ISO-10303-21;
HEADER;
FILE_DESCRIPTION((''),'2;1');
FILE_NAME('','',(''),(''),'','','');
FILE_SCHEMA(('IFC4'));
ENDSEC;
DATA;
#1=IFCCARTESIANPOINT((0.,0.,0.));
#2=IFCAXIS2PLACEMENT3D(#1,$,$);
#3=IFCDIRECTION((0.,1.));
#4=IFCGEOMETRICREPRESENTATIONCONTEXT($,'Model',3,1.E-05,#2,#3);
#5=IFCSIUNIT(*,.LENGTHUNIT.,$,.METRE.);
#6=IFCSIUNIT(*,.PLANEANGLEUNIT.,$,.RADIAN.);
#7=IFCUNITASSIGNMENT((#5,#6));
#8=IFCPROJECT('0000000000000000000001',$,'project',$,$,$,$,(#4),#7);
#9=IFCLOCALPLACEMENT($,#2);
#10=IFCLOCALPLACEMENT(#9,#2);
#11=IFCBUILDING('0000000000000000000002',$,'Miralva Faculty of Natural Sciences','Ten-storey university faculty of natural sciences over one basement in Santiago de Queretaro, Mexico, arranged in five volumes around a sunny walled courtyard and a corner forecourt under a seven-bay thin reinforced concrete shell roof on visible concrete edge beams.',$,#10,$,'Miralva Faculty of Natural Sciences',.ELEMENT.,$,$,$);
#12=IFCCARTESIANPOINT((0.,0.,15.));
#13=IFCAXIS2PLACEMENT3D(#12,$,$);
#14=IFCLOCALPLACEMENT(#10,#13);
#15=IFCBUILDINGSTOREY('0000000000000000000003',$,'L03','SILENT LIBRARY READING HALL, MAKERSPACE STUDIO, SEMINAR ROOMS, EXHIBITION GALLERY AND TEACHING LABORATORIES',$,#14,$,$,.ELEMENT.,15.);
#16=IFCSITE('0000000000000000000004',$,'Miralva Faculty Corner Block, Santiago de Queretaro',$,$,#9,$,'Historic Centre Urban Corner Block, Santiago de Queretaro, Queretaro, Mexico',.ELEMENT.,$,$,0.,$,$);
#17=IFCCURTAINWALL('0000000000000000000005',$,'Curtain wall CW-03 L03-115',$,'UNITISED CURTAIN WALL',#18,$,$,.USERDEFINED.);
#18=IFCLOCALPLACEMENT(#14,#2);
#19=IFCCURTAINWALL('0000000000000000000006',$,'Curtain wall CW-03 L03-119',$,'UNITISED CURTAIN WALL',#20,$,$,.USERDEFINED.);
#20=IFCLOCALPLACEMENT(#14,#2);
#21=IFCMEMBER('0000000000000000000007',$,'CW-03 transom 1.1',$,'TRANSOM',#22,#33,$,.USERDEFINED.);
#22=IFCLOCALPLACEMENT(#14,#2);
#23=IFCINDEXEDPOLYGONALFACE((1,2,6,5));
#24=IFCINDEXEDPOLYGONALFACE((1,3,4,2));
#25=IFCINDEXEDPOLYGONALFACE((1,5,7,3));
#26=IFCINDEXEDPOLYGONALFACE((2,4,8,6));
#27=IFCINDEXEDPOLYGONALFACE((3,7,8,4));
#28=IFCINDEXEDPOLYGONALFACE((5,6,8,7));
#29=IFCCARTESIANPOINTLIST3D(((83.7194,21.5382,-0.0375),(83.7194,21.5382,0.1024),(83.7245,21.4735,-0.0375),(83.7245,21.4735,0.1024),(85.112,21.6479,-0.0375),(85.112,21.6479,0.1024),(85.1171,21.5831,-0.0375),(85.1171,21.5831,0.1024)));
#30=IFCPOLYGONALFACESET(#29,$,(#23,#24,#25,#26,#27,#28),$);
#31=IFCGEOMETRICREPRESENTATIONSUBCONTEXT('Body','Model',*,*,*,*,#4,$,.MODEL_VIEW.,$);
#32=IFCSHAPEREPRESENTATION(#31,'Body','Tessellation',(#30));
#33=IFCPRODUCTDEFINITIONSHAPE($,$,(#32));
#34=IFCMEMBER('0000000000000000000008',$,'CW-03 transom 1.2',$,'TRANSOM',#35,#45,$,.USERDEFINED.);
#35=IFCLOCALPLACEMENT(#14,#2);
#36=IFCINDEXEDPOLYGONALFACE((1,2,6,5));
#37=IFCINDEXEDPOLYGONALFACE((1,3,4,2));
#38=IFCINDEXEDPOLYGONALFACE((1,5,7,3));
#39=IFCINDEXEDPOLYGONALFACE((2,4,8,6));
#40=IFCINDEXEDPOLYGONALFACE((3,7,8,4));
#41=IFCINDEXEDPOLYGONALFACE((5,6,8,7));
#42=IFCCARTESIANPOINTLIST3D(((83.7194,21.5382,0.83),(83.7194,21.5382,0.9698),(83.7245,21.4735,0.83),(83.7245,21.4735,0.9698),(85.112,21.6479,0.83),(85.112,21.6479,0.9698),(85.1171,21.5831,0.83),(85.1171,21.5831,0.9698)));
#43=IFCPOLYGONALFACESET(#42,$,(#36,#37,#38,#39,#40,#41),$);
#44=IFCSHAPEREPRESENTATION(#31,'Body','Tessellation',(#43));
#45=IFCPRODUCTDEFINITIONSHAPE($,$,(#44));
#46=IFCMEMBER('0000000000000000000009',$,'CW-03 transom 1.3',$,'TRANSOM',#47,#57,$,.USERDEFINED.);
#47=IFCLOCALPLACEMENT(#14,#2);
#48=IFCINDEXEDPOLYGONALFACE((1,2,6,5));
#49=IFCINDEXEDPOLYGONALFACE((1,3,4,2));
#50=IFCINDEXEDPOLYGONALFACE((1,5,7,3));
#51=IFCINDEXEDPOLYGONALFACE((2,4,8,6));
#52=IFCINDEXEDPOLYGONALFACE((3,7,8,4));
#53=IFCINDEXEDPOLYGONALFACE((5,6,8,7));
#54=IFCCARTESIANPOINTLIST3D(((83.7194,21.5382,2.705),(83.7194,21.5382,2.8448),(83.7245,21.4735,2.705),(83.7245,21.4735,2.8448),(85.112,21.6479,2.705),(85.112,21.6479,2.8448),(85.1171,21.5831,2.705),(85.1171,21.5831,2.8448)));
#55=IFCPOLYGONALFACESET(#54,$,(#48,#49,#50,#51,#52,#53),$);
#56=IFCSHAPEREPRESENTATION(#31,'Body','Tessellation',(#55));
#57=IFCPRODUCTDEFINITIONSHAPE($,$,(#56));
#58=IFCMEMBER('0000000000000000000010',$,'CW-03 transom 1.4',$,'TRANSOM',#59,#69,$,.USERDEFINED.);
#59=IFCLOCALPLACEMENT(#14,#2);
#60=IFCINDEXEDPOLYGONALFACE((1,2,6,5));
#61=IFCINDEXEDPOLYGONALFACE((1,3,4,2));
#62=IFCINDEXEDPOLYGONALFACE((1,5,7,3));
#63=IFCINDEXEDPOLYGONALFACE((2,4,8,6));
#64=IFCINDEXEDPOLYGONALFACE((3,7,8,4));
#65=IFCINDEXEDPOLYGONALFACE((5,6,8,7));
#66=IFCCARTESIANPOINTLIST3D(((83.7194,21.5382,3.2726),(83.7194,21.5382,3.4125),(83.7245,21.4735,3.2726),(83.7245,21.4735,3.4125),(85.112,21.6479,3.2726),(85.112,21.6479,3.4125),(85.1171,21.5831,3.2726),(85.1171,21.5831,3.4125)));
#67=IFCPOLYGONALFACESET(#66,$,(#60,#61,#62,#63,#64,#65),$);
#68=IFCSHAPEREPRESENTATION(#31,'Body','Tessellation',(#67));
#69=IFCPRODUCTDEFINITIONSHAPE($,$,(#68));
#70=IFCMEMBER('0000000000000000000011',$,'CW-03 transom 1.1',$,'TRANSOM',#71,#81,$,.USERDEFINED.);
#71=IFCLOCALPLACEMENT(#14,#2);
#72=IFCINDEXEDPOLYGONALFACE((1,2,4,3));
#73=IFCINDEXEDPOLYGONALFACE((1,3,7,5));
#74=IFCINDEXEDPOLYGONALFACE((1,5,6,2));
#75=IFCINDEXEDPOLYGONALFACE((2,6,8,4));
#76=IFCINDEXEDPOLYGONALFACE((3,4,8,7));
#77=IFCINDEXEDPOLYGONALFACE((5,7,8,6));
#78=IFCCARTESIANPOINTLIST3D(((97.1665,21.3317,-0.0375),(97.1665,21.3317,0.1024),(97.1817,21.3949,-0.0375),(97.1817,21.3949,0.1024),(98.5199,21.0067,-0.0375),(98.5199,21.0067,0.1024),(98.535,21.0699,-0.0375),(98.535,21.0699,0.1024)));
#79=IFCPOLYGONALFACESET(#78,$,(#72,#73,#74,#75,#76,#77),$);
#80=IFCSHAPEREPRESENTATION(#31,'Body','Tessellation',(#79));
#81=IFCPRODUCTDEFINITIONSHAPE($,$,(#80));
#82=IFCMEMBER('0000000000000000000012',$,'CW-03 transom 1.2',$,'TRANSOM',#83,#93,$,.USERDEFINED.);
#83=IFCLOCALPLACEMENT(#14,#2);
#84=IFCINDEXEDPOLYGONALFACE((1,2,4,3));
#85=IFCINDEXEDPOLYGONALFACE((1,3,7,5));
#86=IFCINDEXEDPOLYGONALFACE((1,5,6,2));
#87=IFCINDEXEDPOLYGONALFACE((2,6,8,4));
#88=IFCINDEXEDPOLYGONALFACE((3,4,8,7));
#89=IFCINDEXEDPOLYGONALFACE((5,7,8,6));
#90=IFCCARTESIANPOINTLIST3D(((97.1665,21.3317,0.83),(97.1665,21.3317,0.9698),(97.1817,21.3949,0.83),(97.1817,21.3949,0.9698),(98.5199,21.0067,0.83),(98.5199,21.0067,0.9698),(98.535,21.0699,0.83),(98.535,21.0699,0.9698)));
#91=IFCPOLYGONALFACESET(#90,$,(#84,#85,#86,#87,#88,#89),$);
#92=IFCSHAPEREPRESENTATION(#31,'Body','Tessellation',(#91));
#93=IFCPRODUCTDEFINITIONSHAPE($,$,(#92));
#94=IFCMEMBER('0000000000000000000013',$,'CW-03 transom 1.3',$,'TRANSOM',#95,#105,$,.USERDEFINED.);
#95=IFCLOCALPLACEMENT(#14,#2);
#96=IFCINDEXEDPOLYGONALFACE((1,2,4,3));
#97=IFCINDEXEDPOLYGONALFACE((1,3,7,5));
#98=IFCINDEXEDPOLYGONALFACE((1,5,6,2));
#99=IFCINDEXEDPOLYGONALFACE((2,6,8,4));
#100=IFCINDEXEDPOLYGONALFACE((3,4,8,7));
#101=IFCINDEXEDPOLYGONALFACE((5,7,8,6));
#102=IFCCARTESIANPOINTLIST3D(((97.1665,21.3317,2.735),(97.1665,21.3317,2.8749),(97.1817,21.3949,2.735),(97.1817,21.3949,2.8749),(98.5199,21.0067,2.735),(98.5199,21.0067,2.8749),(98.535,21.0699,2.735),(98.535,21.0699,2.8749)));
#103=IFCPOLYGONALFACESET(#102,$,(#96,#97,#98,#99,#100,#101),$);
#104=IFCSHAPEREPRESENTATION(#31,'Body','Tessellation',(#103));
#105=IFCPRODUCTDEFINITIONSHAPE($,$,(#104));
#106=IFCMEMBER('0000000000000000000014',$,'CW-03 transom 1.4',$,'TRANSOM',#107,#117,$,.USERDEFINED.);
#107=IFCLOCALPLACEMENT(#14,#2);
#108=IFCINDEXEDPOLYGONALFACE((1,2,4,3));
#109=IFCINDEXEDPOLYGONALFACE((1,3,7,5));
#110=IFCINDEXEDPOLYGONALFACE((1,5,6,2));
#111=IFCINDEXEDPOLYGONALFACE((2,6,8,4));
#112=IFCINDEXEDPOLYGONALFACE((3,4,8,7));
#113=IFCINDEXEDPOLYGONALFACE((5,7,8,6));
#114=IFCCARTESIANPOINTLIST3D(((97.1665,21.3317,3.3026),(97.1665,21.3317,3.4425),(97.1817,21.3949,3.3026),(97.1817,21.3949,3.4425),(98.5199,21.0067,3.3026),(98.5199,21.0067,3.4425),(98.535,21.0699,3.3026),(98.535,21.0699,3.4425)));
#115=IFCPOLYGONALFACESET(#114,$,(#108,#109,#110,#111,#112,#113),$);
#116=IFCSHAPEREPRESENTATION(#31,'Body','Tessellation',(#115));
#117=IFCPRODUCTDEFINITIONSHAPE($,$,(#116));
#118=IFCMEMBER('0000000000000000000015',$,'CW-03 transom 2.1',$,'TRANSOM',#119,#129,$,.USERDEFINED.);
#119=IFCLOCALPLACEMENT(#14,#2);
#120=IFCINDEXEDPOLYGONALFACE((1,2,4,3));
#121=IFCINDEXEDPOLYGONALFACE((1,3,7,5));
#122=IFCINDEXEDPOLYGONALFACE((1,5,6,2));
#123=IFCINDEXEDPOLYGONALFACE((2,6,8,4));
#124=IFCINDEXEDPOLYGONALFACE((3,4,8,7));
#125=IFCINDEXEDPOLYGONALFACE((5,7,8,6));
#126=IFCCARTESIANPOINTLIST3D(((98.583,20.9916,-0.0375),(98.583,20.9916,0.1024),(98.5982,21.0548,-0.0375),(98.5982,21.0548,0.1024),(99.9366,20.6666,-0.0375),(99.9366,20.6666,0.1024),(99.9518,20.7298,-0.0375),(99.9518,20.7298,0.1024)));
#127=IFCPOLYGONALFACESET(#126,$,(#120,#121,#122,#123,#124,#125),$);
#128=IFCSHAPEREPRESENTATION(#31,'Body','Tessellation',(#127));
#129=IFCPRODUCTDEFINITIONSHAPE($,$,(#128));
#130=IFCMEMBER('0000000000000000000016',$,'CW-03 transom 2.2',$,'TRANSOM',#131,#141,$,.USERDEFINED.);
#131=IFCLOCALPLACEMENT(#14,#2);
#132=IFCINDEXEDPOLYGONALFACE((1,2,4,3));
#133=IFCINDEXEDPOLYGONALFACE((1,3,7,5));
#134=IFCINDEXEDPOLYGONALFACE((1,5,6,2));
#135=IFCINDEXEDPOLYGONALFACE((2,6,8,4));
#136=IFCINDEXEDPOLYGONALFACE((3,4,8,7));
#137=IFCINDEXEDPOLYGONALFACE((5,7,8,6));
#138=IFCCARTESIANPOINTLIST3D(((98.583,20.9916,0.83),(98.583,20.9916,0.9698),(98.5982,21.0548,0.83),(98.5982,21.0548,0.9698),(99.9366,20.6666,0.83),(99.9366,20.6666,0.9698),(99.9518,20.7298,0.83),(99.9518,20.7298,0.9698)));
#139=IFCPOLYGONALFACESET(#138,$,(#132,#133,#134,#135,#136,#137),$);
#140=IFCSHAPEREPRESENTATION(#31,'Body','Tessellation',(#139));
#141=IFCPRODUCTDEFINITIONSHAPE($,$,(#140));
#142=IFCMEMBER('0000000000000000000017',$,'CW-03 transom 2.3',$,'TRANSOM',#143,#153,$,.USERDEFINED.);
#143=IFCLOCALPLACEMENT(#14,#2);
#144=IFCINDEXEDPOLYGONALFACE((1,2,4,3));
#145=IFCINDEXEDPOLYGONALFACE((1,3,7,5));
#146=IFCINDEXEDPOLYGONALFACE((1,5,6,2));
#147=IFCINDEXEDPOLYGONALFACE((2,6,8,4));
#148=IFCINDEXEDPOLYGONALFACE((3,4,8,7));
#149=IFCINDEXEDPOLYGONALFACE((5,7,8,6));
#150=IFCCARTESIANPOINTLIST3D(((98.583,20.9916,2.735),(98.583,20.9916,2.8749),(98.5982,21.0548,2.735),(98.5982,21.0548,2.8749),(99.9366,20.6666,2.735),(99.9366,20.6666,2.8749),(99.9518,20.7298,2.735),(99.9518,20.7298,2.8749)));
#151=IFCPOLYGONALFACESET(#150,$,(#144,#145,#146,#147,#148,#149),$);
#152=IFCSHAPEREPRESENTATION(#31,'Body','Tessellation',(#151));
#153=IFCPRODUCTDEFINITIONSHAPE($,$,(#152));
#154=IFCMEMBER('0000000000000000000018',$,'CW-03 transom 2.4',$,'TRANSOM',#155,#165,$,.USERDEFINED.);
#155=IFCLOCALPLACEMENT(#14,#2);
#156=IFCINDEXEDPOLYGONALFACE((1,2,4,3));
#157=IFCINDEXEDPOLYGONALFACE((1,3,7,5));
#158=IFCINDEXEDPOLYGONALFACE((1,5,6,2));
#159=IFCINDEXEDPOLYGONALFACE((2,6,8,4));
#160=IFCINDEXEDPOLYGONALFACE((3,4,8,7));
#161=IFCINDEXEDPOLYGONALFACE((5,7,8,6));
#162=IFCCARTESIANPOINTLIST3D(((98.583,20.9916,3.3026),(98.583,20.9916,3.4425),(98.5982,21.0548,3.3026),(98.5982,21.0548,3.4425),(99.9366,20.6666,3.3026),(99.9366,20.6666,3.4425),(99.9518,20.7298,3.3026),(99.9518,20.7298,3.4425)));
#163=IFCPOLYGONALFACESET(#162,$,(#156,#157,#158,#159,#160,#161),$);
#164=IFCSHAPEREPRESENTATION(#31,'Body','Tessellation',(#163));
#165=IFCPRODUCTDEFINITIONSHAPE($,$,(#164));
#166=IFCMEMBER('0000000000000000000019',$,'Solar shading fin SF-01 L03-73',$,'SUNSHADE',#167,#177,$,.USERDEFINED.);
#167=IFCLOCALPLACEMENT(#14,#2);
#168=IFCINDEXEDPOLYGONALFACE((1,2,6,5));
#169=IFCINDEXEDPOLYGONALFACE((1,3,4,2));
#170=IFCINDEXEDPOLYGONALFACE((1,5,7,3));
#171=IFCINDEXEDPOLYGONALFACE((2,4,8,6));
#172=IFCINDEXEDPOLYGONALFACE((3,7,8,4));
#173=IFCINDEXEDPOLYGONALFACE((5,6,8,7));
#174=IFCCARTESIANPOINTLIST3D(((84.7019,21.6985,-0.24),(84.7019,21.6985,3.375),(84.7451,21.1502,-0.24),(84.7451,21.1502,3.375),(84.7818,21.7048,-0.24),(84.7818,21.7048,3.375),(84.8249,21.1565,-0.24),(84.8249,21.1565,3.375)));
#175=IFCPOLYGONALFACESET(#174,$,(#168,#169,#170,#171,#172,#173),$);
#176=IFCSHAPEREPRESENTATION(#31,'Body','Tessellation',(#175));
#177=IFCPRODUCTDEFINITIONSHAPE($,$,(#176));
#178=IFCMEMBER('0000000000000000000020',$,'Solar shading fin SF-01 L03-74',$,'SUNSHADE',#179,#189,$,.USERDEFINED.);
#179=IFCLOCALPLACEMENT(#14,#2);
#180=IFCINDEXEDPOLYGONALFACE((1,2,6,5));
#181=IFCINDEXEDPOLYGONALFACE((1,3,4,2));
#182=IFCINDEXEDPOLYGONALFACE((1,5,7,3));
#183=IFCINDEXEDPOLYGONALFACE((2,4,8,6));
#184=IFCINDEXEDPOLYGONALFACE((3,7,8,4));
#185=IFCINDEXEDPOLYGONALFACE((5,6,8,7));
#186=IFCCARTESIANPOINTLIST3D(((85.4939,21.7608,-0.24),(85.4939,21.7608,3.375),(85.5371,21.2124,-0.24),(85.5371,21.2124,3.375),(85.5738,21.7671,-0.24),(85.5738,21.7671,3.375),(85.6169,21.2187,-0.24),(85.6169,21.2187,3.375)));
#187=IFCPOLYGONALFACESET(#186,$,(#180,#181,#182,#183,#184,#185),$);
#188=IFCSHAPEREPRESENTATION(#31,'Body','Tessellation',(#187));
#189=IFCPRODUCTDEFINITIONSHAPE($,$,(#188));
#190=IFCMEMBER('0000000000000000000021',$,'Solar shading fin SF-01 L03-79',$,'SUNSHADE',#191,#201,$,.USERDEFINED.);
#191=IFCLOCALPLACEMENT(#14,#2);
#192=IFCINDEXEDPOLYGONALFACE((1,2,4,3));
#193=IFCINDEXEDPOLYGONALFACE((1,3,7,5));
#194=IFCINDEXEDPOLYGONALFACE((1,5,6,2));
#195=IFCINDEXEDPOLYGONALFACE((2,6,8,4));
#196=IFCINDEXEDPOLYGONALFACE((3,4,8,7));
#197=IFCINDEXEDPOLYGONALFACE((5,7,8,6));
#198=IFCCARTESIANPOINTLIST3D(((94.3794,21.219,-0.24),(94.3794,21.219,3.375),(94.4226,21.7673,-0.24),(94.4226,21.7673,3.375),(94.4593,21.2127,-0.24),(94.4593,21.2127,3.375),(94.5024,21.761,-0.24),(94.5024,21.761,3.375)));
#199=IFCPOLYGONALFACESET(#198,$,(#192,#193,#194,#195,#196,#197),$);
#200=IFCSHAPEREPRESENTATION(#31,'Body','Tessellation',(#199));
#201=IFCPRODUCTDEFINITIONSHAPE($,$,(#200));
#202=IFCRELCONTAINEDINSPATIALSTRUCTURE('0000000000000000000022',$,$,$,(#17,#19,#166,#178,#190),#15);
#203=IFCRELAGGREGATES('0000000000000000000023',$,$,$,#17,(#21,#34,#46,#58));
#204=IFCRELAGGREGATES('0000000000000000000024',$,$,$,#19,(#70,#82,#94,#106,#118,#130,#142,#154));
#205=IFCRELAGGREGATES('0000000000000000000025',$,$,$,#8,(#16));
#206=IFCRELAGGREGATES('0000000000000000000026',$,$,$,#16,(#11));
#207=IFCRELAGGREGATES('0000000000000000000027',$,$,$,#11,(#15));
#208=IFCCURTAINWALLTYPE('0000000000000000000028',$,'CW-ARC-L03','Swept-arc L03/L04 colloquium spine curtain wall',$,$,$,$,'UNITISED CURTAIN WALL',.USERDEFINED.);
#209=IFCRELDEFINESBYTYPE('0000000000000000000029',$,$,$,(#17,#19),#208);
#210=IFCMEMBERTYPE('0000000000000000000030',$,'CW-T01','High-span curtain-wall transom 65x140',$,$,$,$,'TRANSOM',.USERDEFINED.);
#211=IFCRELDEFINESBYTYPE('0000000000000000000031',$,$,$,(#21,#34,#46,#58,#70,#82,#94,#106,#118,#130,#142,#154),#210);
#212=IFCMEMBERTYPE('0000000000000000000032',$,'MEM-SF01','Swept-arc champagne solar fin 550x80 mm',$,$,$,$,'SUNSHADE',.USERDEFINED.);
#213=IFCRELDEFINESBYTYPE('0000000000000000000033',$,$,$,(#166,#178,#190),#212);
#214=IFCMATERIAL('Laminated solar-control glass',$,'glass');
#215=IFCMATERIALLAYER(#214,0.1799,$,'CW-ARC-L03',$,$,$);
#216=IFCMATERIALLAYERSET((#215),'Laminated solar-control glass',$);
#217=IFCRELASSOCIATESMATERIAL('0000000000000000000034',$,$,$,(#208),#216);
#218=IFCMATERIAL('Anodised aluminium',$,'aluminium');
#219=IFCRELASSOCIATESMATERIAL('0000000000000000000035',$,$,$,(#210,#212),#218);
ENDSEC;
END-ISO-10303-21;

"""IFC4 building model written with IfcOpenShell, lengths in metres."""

from ifc_helpers import new_model, si_unit, direction, frame, origin, origin_2d, place, context, subcontext, project, spatial, rectangle, extrude, material, layer, layer_set, material_profile, profile_set, type_object, element, aggregate, save


model = new_model("IFC4")

# Units and contexts
model_context = context("Model", 3, precision=1e-05, world=origin(), true_north=direction((0.0, 1.0)))
body_context = subcontext(model_context, "Body", "Model", "MODEL_VIEW")
ifc_project = project(units=[si_unit("LENGTHUNIT", "METRE"), si_unit("PLANEANGLEUNIT", "RADIAN")], contexts=[model_context])

# Site, building, storey
site_placement = place(None, origin())
site = spatial("IfcSite", under=ifc_project, at=site_placement, Name="Miralva Faculty Corner Block, Santiago de Queretaro", LongName="Historic Centre Urban Corner Block, Santiago de Queretaro, Queretaro, Mexico", CompositionType="ELEMENT", RefElevation=0.0)
building_placement = place(site_placement, origin())
building = spatial("IfcBuilding", under=site, at=building_placement, Name="Miralva Faculty of Natural Sciences", Description="Ten-storey university faculty of natural sciences over one basement in Santiago de Queretaro, Mexico, arranged in five volumes around a sunny walled courtyard and a corner forecourt under a seven-bay thin reinforced concrete shell roof on visible concrete edge beams.", LongName="Miralva Faculty of Natural Sciences", CompositionType="ELEMENT")
storey_placement = place(building_placement, frame((0.0, 0.0, 15.0)))
storey = spatial("IfcBuildingStorey", under=building, at=storey_placement, Name="L03", Description="SILENT LIBRARY READING HALL, MAKERSPACE STUDIO, SEMINAR ROOMS, EXHIBITION GALLERY AND TEACHING LABORATORIES", CompositionType="ELEMENT", Elevation=15.0)

# Curtain wall
ifc_material_1 = material(Name="Laminated solar-control glass", Category="glass")
ifc_layer_1 = layer(ifc_material_1, 0.1799, Name="CW-ARC-L03")
ifc_layer_set_1 = layer_set([ifc_layer_1], Name="Laminated solar-control glass")
curtain_wall_type = type_object("IfcCurtainWallType", Name="CW-ARC-L03", Description="Swept-arc L03/L04 colloquium spine curtain wall", ElementType="UNITISED CURTAIN WALL", PredefinedType="USERDEFINED", material=ifc_layer_set_1)
curtain_wall_1_placement = place(storey_placement, origin())
curtain_wall_1 = element("IfcCurtainWall", 1, at=curtain_wall_1_placement, inside=storey, type_object=curtain_wall_type, Name="Curtain wall CW-03 L03-115", ObjectType="UNITISED CURTAIN WALL", PredefinedType="USERDEFINED")
ifc_material_2 = material(Name="Anodised aluminium", Category="aluminium")

# Curtain wall
curtain_wall_2_placement = place(storey_placement, origin())
curtain_wall_2 = element("IfcCurtainWall", 2, at=curtain_wall_2_placement, inside=storey, type_object=curtain_wall_type, Name="Curtain wall CW-03 L03-119", ObjectType="UNITISED CURTAIN WALL", PredefinedType="USERDEFINED")

# Members
ifc_material_profile_1 = material_profile(ifc_material_2, rectangle(XDim=0.0649, YDim=0.1399, at=origin_2d()), Name="TRANSOM 65x140")
ifc_profile_set_1 = profile_set([ifc_material_profile_1], Name="Anodised aluminium")
member_type_1 = type_object("IfcMemberType", Name="CW-T01", Description="High-span curtain-wall transom 65x140", ElementType="TRANSOM", PredefinedType="USERDEFINED", material=ifc_profile_set_1)
member_1_placement = place(storey_placement, frame((83.7219, 21.5059, 0.0325), z_axis=(0.996916, 0.078474, 0.0), x_axis=(-0.078474, 0.996916, 0.0)))
member_1 = element("IfcMember", 3, at=member_1_placement, type_object=member_type_1, Name="CW-03 transom 1.1", ObjectType="TRANSOM", PredefinedType="USERDEFINED", context=body_context, shape_type="SweptSolid", body=[
    extrude(rectangle(XDim=0.0649, YDim=0.1399, at=origin_2d()), origin(), (0.0, 0.0, 1.0), 1.397),
])
member_2_placement = place(storey_placement, frame((83.7219, 21.5059, 0.8999), z_axis=(0.996916, 0.078474, 0.0), x_axis=(-0.078474, 0.996916, 0.0)))
member_2 = element("IfcMember", 4, at=member_2_placement, type_object=member_type_1, Name="CW-03 transom 1.2", ObjectType="TRANSOM", PredefinedType="USERDEFINED", context=body_context, shape_type="SweptSolid", body=[
    extrude(rectangle(XDim=0.0649, YDim=0.1399, at=origin_2d()), origin(), (0.0, 0.0, 1.0), 1.397),
])
member_3_placement = place(storey_placement, frame((83.7219, 21.5059, 2.7749), z_axis=(0.996916, 0.078474, 0.0), x_axis=(-0.078474, 0.996916, 0.0)))
member_3 = element("IfcMember", 5, at=member_3_placement, type_object=member_type_1, Name="CW-03 transom 1.3", ObjectType="TRANSOM", PredefinedType="USERDEFINED", context=body_context, shape_type="SweptSolid", body=[
    extrude(rectangle(XDim=0.0649, YDim=0.1399, at=origin_2d()), origin(), (0.0, 0.0, 1.0), 1.397),
])
member_4_placement = place(storey_placement, frame((83.7219, 21.5059, 3.3425), z_axis=(0.996916, 0.078474, 0.0), x_axis=(-0.078474, 0.996916, 0.0)))
member_4 = element("IfcMember", 6, at=member_4_placement, type_object=member_type_1, Name="CW-03 transom 1.4", ObjectType="TRANSOM", PredefinedType="USERDEFINED", context=body_context, shape_type="SweptSolid", body=[
    extrude(rectangle(XDim=0.0649, YDim=0.1399, at=origin_2d()), origin(), (0.0, 0.0, 1.0), 1.397),
])
aggregate(curtain_wall_1, [member_1, member_2, member_3, member_4])
member_5_placement = place(storey_placement, frame((97.1741, 21.3633, 0.0325), z_axis=(0.97236, -0.233486, 0.0), x_axis=(0.233486, 0.97236, 0.0)))
member_5 = element("IfcMember", 7, at=member_5_placement, type_object=member_type_1, Name="CW-03 transom 1.1", ObjectType="TRANSOM", PredefinedType="USERDEFINED", context=body_context, shape_type="SweptSolid", body=[
    extrude(rectangle(XDim=0.0649, YDim=0.1399, at=origin_2d()), origin(), (0.0, 0.0, 1.0), 1.3918),
])
member_6_placement = place(storey_placement, frame((97.1741, 21.3633, 0.8999), z_axis=(0.97236, -0.233486, 0.0), x_axis=(0.233486, 0.97236, 0.0)))
member_6 = element("IfcMember", 8, at=member_6_placement, type_object=member_type_1, Name="CW-03 transom 1.2", ObjectType="TRANSOM", PredefinedType="USERDEFINED", context=body_context, shape_type="SweptSolid", body=[
    extrude(rectangle(XDim=0.0649, YDim=0.1399, at=origin_2d()), origin(), (0.0, 0.0, 1.0), 1.3918),
])
member_7_placement = place(storey_placement, frame((97.1741, 21.3633, 2.8049), z_axis=(0.97236, -0.233486, 0.0), x_axis=(0.233486, 0.97236, 0.0)))
member_7 = element("IfcMember", 9, at=member_7_placement, type_object=member_type_1, Name="CW-03 transom 1.3", ObjectType="TRANSOM", PredefinedType="USERDEFINED", context=body_context, shape_type="SweptSolid", body=[
    extrude(rectangle(XDim=0.0649, YDim=0.1399, at=origin_2d()), origin(), (0.0, 0.0, 1.0), 1.3918),
])
member_8_placement = place(storey_placement, frame((97.1741, 21.3633, 3.3726), z_axis=(0.97236, -0.233486, 0.0), x_axis=(0.233486, 0.97236, 0.0)))
member_8 = element("IfcMember", 10, at=member_8_placement, type_object=member_type_1, Name="CW-03 transom 1.4", ObjectType="TRANSOM", PredefinedType="USERDEFINED", context=body_context, shape_type="SweptSolid", body=[
    extrude(rectangle(XDim=0.0649, YDim=0.1399, at=origin_2d()), origin(), (0.0, 0.0, 1.0), 1.3918),
])
member_9_placement = place(storey_placement, frame((98.5906, 21.0232, 0.0325), z_axis=(0.97237, -0.233446, 0.0), x_axis=(0.233446, 0.97237, 0.0)))
member_9 = element("IfcMember", 11, at=member_9_placement, type_object=member_type_1, Name="CW-03 transom 2.1", ObjectType="TRANSOM", PredefinedType="USERDEFINED", context=body_context, shape_type="SweptSolid", body=[
    extrude(rectangle(XDim=0.0649, YDim=0.1399, at=origin_2d()), origin(), (0.0, 0.0, 1.0), 1.3921),
])
member_10_placement = place(storey_placement, frame((98.5906, 21.0232, 0.8999), z_axis=(0.97237, -0.233446, 0.0), x_axis=(0.233446, 0.97237, 0.0)))
member_10 = element("IfcMember", 12, at=member_10_placement, type_object=member_type_1, Name="CW-03 transom 2.2", ObjectType="TRANSOM", PredefinedType="USERDEFINED", context=body_context, shape_type="SweptSolid", body=[
    extrude(rectangle(XDim=0.0649, YDim=0.1399, at=origin_2d()), origin(), (0.0, 0.0, 1.0), 1.3921),
])
member_11_placement = place(storey_placement, frame((98.5906, 21.0232, 2.8049), z_axis=(0.97237, -0.233446, 0.0), x_axis=(0.233446, 0.97237, 0.0)))
member_11 = element("IfcMember", 13, at=member_11_placement, type_object=member_type_1, Name="CW-03 transom 2.3", ObjectType="TRANSOM", PredefinedType="USERDEFINED", context=body_context, shape_type="SweptSolid", body=[
    extrude(rectangle(XDim=0.0649, YDim=0.1399, at=origin_2d()), origin(), (0.0, 0.0, 1.0), 1.3921),
])
member_12_placement = place(storey_placement, frame((98.5906, 21.0232, 3.3726), z_axis=(0.97237, -0.233446, 0.0), x_axis=(0.233446, 0.97237, 0.0)))
member_12 = element("IfcMember", 14, at=member_12_placement, type_object=member_type_1, Name="CW-03 transom 2.4", ObjectType="TRANSOM", PredefinedType="USERDEFINED", context=body_context, shape_type="SweptSolid", body=[
    extrude(rectangle(XDim=0.0649, YDim=0.1399, at=origin_2d()), origin(), (0.0, 0.0, 1.0), 1.3921),
])

# Members
ifc_material_profile_2 = material_profile(ifc_material_2, rectangle(XDim=0.0801, YDim=0.55, at=origin_2d()), Name="FIN 550x80")
ifc_profile_set_2 = profile_set([ifc_material_profile_2], Name="Anodised aluminium")
member_type_2 = type_object("IfcMemberType", Name="MEM-SF01", Description="Swept-arc champagne solar fin 550x80 mm", ElementType="SUNSHADE", PredefinedType="USERDEFINED", material=ifc_profile_set_2)
for number, where, z_axis, x_axis, name in (
    (15, (84.7634, 21.4275, -0.24), (0.0, 0.0, 1.0), (0.996917, 0.078459, 0.0), "Solar shading fin SF-01 L03-73"),
    (16, (85.5554, 21.4897, -0.24), (0.0, 0.0, 1.0), (0.996917, 0.078459, 0.0), "Solar shading fin SF-01 L03-74"),
    (17, (94.4409, 21.49, -0.24), (0.0, 0.0, 1.0), (0.996917, -0.078459, 0.0), "Solar shading fin SF-01 L03-79"),
):
    element("IfcMember", number, at=place(storey_placement, frame(where, z_axis=z_axis, x_axis=x_axis)), inside=storey, type_object=member_type_2, Name=name, ObjectType="SUNSHADE", PredefinedType="USERDEFINED", context=body_context, shape_type="SweptSolid", body=[
        extrude(rectangle(XDim=0.0801, YDim=0.55, at=origin_2d()), origin(), (0.0, 0.0, 1.0), 3.615),
    ])

aggregate(curtain_wall_2, [member_5, member_6, member_7, member_8, member_9, member_10, member_11, member_12])

save(model, "model.ifc")
